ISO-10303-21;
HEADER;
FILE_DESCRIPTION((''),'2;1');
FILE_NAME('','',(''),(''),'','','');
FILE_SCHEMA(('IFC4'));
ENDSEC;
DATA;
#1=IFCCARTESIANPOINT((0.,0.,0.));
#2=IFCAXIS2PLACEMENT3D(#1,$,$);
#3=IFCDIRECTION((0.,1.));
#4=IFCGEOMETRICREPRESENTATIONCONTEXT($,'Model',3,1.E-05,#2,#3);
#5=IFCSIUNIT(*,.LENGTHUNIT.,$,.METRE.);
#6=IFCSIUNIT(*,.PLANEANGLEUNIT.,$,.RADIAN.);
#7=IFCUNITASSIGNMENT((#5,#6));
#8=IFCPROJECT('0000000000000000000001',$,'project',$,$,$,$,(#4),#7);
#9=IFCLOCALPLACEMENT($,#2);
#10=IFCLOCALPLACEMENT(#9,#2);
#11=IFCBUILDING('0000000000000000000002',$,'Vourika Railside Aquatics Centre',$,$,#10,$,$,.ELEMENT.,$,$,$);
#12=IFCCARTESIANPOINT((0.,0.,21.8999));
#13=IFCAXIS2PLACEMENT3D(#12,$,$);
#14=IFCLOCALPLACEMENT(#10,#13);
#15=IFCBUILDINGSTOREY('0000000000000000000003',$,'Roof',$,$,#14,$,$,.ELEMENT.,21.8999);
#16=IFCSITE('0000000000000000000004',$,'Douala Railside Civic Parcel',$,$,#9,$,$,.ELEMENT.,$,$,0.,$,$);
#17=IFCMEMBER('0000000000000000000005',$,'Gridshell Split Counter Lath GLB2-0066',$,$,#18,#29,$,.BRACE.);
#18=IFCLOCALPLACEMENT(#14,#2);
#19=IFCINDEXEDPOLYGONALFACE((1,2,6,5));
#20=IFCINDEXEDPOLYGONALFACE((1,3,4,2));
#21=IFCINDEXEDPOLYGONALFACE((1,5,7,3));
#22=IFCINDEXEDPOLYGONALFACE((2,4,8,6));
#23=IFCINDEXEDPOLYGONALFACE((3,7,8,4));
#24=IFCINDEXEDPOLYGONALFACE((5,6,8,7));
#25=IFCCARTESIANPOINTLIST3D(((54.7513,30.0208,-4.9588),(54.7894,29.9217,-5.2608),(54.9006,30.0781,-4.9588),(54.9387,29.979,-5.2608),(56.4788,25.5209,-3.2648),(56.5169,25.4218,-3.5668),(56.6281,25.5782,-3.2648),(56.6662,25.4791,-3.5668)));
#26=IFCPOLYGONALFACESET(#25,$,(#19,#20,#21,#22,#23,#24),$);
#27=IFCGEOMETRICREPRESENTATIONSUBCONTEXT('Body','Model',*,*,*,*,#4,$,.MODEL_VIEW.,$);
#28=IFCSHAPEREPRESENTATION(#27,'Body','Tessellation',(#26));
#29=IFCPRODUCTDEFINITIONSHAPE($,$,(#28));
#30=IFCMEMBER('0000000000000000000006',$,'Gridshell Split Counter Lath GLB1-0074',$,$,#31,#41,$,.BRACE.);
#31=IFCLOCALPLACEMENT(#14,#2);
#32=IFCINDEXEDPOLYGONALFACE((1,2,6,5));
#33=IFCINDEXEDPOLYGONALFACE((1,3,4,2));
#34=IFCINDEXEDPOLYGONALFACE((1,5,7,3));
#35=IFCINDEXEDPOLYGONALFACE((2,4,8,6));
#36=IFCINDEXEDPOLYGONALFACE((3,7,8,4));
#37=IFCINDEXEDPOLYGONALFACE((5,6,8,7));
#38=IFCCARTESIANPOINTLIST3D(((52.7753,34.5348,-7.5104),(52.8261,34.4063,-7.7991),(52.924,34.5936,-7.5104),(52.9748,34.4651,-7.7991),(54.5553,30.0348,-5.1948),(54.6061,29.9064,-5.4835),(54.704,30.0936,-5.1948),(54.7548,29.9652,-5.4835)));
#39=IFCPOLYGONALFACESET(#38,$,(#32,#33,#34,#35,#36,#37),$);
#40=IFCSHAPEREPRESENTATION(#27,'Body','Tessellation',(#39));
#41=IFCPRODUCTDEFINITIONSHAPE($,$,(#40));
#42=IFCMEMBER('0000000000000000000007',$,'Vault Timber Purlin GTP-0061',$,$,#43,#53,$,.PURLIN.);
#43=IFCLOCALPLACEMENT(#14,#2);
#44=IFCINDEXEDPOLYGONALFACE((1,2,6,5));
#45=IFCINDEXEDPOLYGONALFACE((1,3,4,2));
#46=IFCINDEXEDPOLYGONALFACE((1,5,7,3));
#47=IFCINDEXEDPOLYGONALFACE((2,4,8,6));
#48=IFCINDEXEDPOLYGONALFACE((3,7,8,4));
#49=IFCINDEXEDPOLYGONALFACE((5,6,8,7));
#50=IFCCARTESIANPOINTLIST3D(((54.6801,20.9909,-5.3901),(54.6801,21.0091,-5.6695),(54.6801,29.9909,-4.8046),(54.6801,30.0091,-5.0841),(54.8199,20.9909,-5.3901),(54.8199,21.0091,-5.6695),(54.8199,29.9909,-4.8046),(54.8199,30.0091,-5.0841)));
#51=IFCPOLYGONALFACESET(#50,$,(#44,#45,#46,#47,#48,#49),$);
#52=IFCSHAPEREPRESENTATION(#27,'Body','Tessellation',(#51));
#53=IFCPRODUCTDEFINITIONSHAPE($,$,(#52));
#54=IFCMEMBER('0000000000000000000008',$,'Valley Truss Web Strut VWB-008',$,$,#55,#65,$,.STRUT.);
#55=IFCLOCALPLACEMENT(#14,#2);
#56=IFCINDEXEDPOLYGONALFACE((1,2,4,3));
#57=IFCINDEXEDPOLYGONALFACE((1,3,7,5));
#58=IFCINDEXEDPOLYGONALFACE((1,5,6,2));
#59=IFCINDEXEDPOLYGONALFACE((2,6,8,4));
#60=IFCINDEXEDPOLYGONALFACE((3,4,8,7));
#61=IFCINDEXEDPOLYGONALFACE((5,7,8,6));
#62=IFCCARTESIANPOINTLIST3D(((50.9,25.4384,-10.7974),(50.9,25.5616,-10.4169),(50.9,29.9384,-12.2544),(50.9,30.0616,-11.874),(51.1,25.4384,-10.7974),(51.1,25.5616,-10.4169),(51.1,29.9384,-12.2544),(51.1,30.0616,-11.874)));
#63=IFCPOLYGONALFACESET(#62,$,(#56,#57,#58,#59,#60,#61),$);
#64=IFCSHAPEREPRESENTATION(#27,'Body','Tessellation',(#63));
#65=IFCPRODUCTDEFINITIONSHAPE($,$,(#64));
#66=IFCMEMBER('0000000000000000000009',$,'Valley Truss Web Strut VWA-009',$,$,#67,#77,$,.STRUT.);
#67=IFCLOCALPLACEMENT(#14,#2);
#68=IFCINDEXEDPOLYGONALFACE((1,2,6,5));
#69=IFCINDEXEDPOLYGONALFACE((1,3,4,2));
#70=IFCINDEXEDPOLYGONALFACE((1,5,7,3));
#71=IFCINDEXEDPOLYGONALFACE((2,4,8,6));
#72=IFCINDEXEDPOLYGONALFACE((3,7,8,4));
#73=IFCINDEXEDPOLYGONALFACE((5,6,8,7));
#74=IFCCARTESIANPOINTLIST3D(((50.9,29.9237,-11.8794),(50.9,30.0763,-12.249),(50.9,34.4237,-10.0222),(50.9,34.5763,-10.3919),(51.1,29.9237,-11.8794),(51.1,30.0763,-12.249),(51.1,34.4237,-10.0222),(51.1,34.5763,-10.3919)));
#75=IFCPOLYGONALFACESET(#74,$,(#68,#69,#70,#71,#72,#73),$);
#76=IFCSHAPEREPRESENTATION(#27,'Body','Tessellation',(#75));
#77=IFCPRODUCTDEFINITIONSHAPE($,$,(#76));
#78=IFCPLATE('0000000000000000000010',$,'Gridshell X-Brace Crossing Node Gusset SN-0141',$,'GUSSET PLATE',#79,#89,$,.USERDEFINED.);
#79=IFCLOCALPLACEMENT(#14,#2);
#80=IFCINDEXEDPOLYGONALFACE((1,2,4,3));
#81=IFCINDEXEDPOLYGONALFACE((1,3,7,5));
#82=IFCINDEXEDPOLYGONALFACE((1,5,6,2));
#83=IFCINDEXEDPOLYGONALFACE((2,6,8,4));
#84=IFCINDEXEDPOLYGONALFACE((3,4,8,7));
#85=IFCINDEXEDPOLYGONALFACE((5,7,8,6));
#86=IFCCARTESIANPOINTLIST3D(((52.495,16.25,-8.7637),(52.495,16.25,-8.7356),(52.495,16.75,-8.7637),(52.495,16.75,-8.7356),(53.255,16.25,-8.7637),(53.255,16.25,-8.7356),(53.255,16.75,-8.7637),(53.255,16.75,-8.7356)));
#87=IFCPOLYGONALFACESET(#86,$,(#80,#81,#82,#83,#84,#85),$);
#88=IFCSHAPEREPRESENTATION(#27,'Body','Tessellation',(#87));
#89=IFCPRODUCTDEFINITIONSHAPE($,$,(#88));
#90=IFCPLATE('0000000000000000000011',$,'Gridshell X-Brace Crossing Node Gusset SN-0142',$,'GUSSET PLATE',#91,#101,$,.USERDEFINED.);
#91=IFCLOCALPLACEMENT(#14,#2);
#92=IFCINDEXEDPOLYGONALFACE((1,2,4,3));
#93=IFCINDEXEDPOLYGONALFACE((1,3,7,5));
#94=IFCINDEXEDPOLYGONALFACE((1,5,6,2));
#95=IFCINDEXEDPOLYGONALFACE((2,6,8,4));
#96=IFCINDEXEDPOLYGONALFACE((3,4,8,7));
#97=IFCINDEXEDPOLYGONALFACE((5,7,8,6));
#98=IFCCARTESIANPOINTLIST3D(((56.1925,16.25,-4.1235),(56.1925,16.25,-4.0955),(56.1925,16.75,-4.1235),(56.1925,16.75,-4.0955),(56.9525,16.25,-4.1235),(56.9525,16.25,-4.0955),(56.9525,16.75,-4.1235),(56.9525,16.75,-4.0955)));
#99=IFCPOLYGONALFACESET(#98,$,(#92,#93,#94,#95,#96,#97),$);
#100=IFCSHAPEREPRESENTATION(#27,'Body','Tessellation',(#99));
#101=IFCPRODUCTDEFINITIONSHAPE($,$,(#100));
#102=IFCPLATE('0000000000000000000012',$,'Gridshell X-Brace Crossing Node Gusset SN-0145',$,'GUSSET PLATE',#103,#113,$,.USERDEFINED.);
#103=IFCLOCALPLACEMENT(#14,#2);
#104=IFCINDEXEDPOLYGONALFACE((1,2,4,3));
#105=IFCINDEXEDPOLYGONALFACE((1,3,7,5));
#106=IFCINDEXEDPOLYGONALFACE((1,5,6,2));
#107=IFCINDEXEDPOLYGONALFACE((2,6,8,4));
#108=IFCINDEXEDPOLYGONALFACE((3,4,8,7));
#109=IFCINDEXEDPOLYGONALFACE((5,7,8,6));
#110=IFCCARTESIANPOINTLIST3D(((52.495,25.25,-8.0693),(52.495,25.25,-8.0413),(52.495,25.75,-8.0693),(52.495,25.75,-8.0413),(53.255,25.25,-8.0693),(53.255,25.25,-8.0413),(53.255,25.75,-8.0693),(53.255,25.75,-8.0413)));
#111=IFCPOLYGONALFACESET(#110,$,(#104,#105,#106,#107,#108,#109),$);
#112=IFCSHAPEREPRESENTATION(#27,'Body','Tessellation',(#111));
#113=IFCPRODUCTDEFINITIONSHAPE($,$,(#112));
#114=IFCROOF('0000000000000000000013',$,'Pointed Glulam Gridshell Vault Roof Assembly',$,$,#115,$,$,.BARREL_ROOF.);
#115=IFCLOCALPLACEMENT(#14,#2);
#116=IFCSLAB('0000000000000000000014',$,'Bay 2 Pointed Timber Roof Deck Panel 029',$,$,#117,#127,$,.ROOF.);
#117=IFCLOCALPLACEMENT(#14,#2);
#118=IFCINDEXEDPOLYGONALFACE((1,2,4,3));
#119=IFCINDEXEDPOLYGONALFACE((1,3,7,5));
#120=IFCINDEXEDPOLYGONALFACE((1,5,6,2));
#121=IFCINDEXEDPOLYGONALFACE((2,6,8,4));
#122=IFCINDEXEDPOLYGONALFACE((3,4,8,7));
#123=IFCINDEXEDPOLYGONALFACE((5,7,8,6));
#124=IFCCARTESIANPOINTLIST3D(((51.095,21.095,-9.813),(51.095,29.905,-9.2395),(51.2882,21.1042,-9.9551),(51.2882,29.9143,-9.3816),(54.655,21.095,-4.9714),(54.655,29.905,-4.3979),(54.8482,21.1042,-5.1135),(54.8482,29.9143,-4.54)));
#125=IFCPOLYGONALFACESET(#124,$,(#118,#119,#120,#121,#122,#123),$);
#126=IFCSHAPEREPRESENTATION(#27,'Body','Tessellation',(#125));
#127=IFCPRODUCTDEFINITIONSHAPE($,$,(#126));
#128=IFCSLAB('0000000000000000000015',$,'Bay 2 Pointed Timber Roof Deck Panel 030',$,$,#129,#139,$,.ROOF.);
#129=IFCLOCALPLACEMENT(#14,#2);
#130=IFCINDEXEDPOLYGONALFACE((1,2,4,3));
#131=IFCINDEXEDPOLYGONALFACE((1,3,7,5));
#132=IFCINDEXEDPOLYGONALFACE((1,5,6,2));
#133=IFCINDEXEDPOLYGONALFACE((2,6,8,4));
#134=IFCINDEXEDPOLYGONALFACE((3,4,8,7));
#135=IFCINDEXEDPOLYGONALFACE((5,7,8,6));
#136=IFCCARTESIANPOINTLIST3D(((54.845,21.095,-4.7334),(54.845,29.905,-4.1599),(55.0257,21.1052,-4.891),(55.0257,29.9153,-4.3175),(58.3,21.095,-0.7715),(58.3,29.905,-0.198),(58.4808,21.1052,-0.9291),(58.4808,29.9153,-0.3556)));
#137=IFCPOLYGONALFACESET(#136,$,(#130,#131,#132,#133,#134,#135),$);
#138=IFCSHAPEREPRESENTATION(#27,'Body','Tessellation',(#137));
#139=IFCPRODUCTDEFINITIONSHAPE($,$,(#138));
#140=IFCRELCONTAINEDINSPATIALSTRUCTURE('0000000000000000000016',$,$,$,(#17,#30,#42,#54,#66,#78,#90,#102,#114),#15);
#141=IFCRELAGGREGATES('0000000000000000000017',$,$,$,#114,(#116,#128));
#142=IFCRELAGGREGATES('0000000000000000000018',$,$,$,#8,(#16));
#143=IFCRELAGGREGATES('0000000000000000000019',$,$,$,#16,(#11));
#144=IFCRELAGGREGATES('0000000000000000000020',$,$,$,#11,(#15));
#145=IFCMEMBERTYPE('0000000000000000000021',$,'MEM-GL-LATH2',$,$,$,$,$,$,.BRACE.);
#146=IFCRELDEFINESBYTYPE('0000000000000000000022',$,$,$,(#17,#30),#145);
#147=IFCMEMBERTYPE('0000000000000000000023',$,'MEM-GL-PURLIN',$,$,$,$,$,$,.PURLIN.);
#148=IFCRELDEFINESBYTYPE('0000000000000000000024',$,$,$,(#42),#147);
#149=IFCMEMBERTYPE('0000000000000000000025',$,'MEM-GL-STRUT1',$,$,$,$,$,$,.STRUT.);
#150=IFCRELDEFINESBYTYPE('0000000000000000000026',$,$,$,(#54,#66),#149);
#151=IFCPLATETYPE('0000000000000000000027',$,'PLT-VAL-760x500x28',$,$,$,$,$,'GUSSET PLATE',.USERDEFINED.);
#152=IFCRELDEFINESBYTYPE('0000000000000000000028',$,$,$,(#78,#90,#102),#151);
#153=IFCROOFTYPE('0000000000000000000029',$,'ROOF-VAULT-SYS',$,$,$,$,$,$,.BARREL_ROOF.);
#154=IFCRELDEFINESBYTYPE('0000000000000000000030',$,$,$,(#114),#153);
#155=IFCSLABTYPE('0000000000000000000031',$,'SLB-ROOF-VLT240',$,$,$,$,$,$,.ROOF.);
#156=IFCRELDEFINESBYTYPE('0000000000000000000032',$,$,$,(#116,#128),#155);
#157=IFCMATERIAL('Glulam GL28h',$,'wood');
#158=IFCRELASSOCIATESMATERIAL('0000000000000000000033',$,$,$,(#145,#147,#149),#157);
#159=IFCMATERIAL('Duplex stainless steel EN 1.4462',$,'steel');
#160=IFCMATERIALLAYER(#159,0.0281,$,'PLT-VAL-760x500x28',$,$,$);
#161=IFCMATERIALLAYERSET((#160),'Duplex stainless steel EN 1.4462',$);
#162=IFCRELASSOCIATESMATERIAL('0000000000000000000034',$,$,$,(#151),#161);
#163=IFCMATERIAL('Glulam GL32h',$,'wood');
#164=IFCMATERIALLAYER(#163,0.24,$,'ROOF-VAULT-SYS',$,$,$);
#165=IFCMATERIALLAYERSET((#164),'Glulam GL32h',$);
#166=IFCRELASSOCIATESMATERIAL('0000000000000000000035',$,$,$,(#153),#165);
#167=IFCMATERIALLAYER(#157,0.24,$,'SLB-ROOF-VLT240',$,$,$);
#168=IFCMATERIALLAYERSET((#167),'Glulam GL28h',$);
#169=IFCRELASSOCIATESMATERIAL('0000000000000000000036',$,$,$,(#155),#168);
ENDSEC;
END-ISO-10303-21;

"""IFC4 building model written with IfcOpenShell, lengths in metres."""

from ifc_helpers import new_model, si_unit, direction, frame, origin, origin_2d, place, context, subcontext, project, spatial, polyline, rectangle, outline, extrude, material, layer, layer_set, material_profile, profile_set, type_object, element, aggregate, save


model = new_model("IFC4")

# Units and contexts
model_context = context("Model", 3, precision=1e-05, world=origin(), true_north=direction((0.0, 1.0)))
body_context = subcontext(model_context, "Body", "Model", "MODEL_VIEW")
ifc_project = project(units=[si_unit("LENGTHUNIT", "METRE"), si_unit("PLANEANGLEUNIT", "RADIAN")], contexts=[model_context])

# Site, building, storey
site_placement = place(None, origin())
site = spatial("IfcSite", under=ifc_project, at=site_placement, Name="Douala Railside Civic Parcel", CompositionType="ELEMENT", RefElevation=0.0)
building_placement = place(site_placement, origin())
building = spatial("IfcBuilding", under=site, at=building_placement, Name="Vourika Railside Aquatics Centre", CompositionType="ELEMENT")
storey_placement = place(building_placement, frame((0.0, 0.0, 21.8999)))
storey = spatial("IfcBuildingStorey", under=building, at=storey_placement, Name="Roof", CompositionType="ELEMENT", Elevation=21.8999)

# Shared definitions
ifc_material_1 = material(Name="Glulam GL32h", Category="wood")

# Members
ifc_material_2 = material(Name="Glulam GL28h", Category="wood")
ifc_material_profile_1 = material_profile(ifc_material_2, rectangle(XDim=0.1599, YDim=0.3201, at=origin_2d()), Name="GL28h 160x320")
ifc_profile_set_1 = profile_set([ifc_material_profile_1], Name="Glulam GL28h")
member_type_1 = type_object("IfcMemberType", Name="MEM-GL-LATH2", PredefinedType="BRACE", material=ifc_profile_set_1)
member_1_placement = place(storey_placement, frame((56.5725, 25.5, -3.4158), z_axis=(-0.338121, 0.880757, -0.331574), x_axis=(-0.93357, -0.358395, 0.0)))
element("IfcMember", 1, at=member_1_placement, inside=storey, type_object=member_type_1, Name="Gridshell Split Counter Lath GLB2-0066", PredefinedType="BRACE", context=body_context, shape_type="SweptSolid", body=[
    extrude(rectangle(XDim=0.1599, YDim=0.3201, at=origin_2d()), origin(), (0.0, 0.0, 1.0), 5.1091),
])
member_2_placement = place(storey_placement, frame((54.655, 30.0, -5.3391), z_axis=(-0.331799, 0.838804, -0.431644), x_axis=(-0.929893, -0.36783, 0.0)))
element("IfcMember", 2, at=member_2_placement, inside=storey, type_object=member_type_1, Name="Gridshell Split Counter Lath GLB1-0074", PredefinedType="BRACE", context=body_context, shape_type="SweptSolid", body=[
    extrude(rectangle(XDim=0.1599, YDim=0.3201, at=origin_2d()), origin(), (0.0, 0.0, 1.0), 5.3647),
])
ifc_material_profile_2 = material_profile(ifc_material_2, rectangle(XDim=0.1399, YDim=0.28, at=origin_2d()), Name="GL28h 140x280")
ifc_profile_set_2 = profile_set([ifc_material_profile_2], Name="Glulam GL28h")
member_type_2 = type_object("IfcMemberType", Name="MEM-GL-PURLIN", PredefinedType="PURLIN", material=ifc_profile_set_2)
member_3_placement = place(storey_placement, frame((54.75, 21.0, -5.5298), z_axis=(0.0, 0.997891, 0.064913), x_axis=(-1.0, 0.0, 0.0)))
element("IfcMember", 3, at=member_3_placement, inside=storey, type_object=member_type_2, Name="Vault Timber Purlin GTP-0061", PredefinedType="PURLIN", context=body_context, shape_type="SweptSolid", body=[
    extrude(rectangle(XDim=0.1399, YDim=0.28, at=origin_2d()), origin(), (0.0, 0.0, 1.0), 9.019),
])
ifc_material_profile_3 = material_profile(ifc_material_2, rectangle(XDim=0.2, YDim=0.3999, at=origin_2d()), Name="GL28h 200x400")
ifc_profile_set_3 = profile_set([ifc_material_profile_3], Name="Glulam GL28h")
member_type_3 = type_object("IfcMemberType", Name="MEM-GL-STRUT1", PredefinedType="STRUT", material=ifc_profile_set_3)
member_4_placement = place(storey_placement, frame((51.0, 25.5, -10.6072), z_axis=(0.0, 0.951373, -0.30804), x_axis=(-1.0, 0.0, 0.0)))
element("IfcMember", 4, at=member_4_placement, inside=storey, type_object=member_type_3, Name="Valley Truss Web Strut VWB-008", PredefinedType="STRUT", context=body_context, shape_type="SweptSolid", body=[
    extrude(rectangle(XDim=0.2, YDim=0.3999, at=origin_2d()), origin(), (0.0, 0.0, 1.0), 4.73),
])
member_5_placement = place(storey_placement, frame((51.0, 30.0, -12.0642), z_axis=(0.0, 0.924371, 0.381494), x_axis=(-1.0, 0.0, 0.0)))
element("IfcMember", 5, at=member_5_placement, inside=storey, type_object=member_type_3, Name="Valley Truss Web Strut VWA-009", PredefinedType="STRUT", context=body_context, shape_type="SweptSolid", body=[
    extrude(rectangle(XDim=0.2, YDim=0.3999, at=origin_2d()), origin(), (0.0, 0.0, 1.0), 4.8682),
])

# Plates
ifc_material_3 = material(Name="Duplex stainless steel EN 1.4462", Category="steel")
ifc_layer_1 = layer(ifc_material_3, 0.0281, Name="PLT-VAL-760x500x28")
ifc_layer_set_1 = layer_set([ifc_layer_1], Name="Duplex stainless steel EN 1.4462")
plate_type = type_object("IfcPlateType", Name="PLT-VAL-760x500x28", ElementType="GUSSET PLATE", PredefinedType="USERDEFINED", material=ifc_layer_set_1)
for number, where, z_axis, x_axis, name in (
    (6, (52.875, 16.5, -8.7637), (0.0, 0.0, 1.0), (1.0, 0.0, 0.0), "Gridshell X-Brace Crossing Node Gusset SN-0141"),
    (7, (56.5725, 16.5, -4.1235), (0.0, 0.0, 1.0), (1.0, 0.0, 0.0), "Gridshell X-Brace Crossing Node Gusset SN-0142"),
    (8, (52.875, 25.5, -8.0693), (0.0, 0.0, 1.0), (1.0, 0.0, 0.0), "Gridshell X-Brace Crossing Node Gusset SN-0145"),
):
    element("IfcPlate", number, at=place(storey_placement, frame(where, z_axis=z_axis, x_axis=x_axis)), inside=storey, type_object=plate_type, Name=name, ObjectType="GUSSET PLATE", PredefinedType="USERDEFINED", context=body_context, shape_type="SweptSolid", body=[
        extrude(rectangle(XDim=0.76, YDim=0.5, at=origin_2d()), origin(), (0.0, 0.0, 1.0), 0.0281),
    ])

# Roof, slabs
ifc_layer_2 = layer(ifc_material_1, 0.24, Name="ROOF-VAULT-SYS")
ifc_layer_set_2 = layer_set([ifc_layer_2], Name="Glulam GL32h")
roof_type = type_object("IfcRoofType", Name="ROOF-VAULT-SYS", PredefinedType="BARREL_ROOF", material=ifc_layer_set_2)
roof_placement = place(storey_placement, origin())
roof = element("IfcRoof", 9, at=roof_placement, inside=storey, type_object=roof_type, Name="Pointed Glulam Gridshell Vault Roof Assembly", PredefinedType="BARREL_ROOF")
ifc_layer_3 = layer(ifc_material_2, 0.24, Name="SLB-ROOF-VLT240")
ifc_layer_set_3 = layer_set([ifc_layer_3], Name="Glulam GL28h")
slab_type = type_object("IfcSlabType", Name="SLB-ROOF-VLT240", PredefinedType="ROOF", material=ifc_layer_set_3)
slab_1_placement = place(storey_placement, frame((51.095, 21.095, -9.813), z_axis=(-0.805045, -0.038533, 0.591961), x_axis=(0.592401, 0.0, 0.805644)))
slab_1 = element("IfcSlab", 10, at=slab_1_placement, type_object=slab_type, Name="Bay 2 Pointed Timber Roof Deck Panel 029", PredefinedType="ROOF", context=body_context, shape_type="SweptSolid", body=[
    extrude(outline(polyline([(0.0, 0.0), (6.0095, 0.0), (6.4716, 8.8166), (0.462, 8.8166), (0.0, 0.0)])), origin(), (0.0, 0.0, -1.0), 0.24),
])
slab_2_placement = place(storey_placement, frame((54.845, 21.095, -4.7334), z_axis=(-0.75298, -0.042745, 0.656654), x_axis=(0.657254, 0.0, 0.753669)))
slab_2 = element("IfcSlab", 11, at=slab_2_placement, type_object=slab_type, Name="Bay 2 Pointed Timber Roof Deck Panel 030", PredefinedType="ROOF", context=body_context, shape_type="SweptSolid", body=[
    extrude(outline(polyline([(0.0, 0.0), (5.2568, 0.0), (5.6891, 8.8181), (0.4322, 8.8181), (0.0, 0.0)])), origin(), (0.0, 0.0, -1.0), 0.24),
])
aggregate(roof, [slab_1, slab_2])

save(model, "model.ifc")
